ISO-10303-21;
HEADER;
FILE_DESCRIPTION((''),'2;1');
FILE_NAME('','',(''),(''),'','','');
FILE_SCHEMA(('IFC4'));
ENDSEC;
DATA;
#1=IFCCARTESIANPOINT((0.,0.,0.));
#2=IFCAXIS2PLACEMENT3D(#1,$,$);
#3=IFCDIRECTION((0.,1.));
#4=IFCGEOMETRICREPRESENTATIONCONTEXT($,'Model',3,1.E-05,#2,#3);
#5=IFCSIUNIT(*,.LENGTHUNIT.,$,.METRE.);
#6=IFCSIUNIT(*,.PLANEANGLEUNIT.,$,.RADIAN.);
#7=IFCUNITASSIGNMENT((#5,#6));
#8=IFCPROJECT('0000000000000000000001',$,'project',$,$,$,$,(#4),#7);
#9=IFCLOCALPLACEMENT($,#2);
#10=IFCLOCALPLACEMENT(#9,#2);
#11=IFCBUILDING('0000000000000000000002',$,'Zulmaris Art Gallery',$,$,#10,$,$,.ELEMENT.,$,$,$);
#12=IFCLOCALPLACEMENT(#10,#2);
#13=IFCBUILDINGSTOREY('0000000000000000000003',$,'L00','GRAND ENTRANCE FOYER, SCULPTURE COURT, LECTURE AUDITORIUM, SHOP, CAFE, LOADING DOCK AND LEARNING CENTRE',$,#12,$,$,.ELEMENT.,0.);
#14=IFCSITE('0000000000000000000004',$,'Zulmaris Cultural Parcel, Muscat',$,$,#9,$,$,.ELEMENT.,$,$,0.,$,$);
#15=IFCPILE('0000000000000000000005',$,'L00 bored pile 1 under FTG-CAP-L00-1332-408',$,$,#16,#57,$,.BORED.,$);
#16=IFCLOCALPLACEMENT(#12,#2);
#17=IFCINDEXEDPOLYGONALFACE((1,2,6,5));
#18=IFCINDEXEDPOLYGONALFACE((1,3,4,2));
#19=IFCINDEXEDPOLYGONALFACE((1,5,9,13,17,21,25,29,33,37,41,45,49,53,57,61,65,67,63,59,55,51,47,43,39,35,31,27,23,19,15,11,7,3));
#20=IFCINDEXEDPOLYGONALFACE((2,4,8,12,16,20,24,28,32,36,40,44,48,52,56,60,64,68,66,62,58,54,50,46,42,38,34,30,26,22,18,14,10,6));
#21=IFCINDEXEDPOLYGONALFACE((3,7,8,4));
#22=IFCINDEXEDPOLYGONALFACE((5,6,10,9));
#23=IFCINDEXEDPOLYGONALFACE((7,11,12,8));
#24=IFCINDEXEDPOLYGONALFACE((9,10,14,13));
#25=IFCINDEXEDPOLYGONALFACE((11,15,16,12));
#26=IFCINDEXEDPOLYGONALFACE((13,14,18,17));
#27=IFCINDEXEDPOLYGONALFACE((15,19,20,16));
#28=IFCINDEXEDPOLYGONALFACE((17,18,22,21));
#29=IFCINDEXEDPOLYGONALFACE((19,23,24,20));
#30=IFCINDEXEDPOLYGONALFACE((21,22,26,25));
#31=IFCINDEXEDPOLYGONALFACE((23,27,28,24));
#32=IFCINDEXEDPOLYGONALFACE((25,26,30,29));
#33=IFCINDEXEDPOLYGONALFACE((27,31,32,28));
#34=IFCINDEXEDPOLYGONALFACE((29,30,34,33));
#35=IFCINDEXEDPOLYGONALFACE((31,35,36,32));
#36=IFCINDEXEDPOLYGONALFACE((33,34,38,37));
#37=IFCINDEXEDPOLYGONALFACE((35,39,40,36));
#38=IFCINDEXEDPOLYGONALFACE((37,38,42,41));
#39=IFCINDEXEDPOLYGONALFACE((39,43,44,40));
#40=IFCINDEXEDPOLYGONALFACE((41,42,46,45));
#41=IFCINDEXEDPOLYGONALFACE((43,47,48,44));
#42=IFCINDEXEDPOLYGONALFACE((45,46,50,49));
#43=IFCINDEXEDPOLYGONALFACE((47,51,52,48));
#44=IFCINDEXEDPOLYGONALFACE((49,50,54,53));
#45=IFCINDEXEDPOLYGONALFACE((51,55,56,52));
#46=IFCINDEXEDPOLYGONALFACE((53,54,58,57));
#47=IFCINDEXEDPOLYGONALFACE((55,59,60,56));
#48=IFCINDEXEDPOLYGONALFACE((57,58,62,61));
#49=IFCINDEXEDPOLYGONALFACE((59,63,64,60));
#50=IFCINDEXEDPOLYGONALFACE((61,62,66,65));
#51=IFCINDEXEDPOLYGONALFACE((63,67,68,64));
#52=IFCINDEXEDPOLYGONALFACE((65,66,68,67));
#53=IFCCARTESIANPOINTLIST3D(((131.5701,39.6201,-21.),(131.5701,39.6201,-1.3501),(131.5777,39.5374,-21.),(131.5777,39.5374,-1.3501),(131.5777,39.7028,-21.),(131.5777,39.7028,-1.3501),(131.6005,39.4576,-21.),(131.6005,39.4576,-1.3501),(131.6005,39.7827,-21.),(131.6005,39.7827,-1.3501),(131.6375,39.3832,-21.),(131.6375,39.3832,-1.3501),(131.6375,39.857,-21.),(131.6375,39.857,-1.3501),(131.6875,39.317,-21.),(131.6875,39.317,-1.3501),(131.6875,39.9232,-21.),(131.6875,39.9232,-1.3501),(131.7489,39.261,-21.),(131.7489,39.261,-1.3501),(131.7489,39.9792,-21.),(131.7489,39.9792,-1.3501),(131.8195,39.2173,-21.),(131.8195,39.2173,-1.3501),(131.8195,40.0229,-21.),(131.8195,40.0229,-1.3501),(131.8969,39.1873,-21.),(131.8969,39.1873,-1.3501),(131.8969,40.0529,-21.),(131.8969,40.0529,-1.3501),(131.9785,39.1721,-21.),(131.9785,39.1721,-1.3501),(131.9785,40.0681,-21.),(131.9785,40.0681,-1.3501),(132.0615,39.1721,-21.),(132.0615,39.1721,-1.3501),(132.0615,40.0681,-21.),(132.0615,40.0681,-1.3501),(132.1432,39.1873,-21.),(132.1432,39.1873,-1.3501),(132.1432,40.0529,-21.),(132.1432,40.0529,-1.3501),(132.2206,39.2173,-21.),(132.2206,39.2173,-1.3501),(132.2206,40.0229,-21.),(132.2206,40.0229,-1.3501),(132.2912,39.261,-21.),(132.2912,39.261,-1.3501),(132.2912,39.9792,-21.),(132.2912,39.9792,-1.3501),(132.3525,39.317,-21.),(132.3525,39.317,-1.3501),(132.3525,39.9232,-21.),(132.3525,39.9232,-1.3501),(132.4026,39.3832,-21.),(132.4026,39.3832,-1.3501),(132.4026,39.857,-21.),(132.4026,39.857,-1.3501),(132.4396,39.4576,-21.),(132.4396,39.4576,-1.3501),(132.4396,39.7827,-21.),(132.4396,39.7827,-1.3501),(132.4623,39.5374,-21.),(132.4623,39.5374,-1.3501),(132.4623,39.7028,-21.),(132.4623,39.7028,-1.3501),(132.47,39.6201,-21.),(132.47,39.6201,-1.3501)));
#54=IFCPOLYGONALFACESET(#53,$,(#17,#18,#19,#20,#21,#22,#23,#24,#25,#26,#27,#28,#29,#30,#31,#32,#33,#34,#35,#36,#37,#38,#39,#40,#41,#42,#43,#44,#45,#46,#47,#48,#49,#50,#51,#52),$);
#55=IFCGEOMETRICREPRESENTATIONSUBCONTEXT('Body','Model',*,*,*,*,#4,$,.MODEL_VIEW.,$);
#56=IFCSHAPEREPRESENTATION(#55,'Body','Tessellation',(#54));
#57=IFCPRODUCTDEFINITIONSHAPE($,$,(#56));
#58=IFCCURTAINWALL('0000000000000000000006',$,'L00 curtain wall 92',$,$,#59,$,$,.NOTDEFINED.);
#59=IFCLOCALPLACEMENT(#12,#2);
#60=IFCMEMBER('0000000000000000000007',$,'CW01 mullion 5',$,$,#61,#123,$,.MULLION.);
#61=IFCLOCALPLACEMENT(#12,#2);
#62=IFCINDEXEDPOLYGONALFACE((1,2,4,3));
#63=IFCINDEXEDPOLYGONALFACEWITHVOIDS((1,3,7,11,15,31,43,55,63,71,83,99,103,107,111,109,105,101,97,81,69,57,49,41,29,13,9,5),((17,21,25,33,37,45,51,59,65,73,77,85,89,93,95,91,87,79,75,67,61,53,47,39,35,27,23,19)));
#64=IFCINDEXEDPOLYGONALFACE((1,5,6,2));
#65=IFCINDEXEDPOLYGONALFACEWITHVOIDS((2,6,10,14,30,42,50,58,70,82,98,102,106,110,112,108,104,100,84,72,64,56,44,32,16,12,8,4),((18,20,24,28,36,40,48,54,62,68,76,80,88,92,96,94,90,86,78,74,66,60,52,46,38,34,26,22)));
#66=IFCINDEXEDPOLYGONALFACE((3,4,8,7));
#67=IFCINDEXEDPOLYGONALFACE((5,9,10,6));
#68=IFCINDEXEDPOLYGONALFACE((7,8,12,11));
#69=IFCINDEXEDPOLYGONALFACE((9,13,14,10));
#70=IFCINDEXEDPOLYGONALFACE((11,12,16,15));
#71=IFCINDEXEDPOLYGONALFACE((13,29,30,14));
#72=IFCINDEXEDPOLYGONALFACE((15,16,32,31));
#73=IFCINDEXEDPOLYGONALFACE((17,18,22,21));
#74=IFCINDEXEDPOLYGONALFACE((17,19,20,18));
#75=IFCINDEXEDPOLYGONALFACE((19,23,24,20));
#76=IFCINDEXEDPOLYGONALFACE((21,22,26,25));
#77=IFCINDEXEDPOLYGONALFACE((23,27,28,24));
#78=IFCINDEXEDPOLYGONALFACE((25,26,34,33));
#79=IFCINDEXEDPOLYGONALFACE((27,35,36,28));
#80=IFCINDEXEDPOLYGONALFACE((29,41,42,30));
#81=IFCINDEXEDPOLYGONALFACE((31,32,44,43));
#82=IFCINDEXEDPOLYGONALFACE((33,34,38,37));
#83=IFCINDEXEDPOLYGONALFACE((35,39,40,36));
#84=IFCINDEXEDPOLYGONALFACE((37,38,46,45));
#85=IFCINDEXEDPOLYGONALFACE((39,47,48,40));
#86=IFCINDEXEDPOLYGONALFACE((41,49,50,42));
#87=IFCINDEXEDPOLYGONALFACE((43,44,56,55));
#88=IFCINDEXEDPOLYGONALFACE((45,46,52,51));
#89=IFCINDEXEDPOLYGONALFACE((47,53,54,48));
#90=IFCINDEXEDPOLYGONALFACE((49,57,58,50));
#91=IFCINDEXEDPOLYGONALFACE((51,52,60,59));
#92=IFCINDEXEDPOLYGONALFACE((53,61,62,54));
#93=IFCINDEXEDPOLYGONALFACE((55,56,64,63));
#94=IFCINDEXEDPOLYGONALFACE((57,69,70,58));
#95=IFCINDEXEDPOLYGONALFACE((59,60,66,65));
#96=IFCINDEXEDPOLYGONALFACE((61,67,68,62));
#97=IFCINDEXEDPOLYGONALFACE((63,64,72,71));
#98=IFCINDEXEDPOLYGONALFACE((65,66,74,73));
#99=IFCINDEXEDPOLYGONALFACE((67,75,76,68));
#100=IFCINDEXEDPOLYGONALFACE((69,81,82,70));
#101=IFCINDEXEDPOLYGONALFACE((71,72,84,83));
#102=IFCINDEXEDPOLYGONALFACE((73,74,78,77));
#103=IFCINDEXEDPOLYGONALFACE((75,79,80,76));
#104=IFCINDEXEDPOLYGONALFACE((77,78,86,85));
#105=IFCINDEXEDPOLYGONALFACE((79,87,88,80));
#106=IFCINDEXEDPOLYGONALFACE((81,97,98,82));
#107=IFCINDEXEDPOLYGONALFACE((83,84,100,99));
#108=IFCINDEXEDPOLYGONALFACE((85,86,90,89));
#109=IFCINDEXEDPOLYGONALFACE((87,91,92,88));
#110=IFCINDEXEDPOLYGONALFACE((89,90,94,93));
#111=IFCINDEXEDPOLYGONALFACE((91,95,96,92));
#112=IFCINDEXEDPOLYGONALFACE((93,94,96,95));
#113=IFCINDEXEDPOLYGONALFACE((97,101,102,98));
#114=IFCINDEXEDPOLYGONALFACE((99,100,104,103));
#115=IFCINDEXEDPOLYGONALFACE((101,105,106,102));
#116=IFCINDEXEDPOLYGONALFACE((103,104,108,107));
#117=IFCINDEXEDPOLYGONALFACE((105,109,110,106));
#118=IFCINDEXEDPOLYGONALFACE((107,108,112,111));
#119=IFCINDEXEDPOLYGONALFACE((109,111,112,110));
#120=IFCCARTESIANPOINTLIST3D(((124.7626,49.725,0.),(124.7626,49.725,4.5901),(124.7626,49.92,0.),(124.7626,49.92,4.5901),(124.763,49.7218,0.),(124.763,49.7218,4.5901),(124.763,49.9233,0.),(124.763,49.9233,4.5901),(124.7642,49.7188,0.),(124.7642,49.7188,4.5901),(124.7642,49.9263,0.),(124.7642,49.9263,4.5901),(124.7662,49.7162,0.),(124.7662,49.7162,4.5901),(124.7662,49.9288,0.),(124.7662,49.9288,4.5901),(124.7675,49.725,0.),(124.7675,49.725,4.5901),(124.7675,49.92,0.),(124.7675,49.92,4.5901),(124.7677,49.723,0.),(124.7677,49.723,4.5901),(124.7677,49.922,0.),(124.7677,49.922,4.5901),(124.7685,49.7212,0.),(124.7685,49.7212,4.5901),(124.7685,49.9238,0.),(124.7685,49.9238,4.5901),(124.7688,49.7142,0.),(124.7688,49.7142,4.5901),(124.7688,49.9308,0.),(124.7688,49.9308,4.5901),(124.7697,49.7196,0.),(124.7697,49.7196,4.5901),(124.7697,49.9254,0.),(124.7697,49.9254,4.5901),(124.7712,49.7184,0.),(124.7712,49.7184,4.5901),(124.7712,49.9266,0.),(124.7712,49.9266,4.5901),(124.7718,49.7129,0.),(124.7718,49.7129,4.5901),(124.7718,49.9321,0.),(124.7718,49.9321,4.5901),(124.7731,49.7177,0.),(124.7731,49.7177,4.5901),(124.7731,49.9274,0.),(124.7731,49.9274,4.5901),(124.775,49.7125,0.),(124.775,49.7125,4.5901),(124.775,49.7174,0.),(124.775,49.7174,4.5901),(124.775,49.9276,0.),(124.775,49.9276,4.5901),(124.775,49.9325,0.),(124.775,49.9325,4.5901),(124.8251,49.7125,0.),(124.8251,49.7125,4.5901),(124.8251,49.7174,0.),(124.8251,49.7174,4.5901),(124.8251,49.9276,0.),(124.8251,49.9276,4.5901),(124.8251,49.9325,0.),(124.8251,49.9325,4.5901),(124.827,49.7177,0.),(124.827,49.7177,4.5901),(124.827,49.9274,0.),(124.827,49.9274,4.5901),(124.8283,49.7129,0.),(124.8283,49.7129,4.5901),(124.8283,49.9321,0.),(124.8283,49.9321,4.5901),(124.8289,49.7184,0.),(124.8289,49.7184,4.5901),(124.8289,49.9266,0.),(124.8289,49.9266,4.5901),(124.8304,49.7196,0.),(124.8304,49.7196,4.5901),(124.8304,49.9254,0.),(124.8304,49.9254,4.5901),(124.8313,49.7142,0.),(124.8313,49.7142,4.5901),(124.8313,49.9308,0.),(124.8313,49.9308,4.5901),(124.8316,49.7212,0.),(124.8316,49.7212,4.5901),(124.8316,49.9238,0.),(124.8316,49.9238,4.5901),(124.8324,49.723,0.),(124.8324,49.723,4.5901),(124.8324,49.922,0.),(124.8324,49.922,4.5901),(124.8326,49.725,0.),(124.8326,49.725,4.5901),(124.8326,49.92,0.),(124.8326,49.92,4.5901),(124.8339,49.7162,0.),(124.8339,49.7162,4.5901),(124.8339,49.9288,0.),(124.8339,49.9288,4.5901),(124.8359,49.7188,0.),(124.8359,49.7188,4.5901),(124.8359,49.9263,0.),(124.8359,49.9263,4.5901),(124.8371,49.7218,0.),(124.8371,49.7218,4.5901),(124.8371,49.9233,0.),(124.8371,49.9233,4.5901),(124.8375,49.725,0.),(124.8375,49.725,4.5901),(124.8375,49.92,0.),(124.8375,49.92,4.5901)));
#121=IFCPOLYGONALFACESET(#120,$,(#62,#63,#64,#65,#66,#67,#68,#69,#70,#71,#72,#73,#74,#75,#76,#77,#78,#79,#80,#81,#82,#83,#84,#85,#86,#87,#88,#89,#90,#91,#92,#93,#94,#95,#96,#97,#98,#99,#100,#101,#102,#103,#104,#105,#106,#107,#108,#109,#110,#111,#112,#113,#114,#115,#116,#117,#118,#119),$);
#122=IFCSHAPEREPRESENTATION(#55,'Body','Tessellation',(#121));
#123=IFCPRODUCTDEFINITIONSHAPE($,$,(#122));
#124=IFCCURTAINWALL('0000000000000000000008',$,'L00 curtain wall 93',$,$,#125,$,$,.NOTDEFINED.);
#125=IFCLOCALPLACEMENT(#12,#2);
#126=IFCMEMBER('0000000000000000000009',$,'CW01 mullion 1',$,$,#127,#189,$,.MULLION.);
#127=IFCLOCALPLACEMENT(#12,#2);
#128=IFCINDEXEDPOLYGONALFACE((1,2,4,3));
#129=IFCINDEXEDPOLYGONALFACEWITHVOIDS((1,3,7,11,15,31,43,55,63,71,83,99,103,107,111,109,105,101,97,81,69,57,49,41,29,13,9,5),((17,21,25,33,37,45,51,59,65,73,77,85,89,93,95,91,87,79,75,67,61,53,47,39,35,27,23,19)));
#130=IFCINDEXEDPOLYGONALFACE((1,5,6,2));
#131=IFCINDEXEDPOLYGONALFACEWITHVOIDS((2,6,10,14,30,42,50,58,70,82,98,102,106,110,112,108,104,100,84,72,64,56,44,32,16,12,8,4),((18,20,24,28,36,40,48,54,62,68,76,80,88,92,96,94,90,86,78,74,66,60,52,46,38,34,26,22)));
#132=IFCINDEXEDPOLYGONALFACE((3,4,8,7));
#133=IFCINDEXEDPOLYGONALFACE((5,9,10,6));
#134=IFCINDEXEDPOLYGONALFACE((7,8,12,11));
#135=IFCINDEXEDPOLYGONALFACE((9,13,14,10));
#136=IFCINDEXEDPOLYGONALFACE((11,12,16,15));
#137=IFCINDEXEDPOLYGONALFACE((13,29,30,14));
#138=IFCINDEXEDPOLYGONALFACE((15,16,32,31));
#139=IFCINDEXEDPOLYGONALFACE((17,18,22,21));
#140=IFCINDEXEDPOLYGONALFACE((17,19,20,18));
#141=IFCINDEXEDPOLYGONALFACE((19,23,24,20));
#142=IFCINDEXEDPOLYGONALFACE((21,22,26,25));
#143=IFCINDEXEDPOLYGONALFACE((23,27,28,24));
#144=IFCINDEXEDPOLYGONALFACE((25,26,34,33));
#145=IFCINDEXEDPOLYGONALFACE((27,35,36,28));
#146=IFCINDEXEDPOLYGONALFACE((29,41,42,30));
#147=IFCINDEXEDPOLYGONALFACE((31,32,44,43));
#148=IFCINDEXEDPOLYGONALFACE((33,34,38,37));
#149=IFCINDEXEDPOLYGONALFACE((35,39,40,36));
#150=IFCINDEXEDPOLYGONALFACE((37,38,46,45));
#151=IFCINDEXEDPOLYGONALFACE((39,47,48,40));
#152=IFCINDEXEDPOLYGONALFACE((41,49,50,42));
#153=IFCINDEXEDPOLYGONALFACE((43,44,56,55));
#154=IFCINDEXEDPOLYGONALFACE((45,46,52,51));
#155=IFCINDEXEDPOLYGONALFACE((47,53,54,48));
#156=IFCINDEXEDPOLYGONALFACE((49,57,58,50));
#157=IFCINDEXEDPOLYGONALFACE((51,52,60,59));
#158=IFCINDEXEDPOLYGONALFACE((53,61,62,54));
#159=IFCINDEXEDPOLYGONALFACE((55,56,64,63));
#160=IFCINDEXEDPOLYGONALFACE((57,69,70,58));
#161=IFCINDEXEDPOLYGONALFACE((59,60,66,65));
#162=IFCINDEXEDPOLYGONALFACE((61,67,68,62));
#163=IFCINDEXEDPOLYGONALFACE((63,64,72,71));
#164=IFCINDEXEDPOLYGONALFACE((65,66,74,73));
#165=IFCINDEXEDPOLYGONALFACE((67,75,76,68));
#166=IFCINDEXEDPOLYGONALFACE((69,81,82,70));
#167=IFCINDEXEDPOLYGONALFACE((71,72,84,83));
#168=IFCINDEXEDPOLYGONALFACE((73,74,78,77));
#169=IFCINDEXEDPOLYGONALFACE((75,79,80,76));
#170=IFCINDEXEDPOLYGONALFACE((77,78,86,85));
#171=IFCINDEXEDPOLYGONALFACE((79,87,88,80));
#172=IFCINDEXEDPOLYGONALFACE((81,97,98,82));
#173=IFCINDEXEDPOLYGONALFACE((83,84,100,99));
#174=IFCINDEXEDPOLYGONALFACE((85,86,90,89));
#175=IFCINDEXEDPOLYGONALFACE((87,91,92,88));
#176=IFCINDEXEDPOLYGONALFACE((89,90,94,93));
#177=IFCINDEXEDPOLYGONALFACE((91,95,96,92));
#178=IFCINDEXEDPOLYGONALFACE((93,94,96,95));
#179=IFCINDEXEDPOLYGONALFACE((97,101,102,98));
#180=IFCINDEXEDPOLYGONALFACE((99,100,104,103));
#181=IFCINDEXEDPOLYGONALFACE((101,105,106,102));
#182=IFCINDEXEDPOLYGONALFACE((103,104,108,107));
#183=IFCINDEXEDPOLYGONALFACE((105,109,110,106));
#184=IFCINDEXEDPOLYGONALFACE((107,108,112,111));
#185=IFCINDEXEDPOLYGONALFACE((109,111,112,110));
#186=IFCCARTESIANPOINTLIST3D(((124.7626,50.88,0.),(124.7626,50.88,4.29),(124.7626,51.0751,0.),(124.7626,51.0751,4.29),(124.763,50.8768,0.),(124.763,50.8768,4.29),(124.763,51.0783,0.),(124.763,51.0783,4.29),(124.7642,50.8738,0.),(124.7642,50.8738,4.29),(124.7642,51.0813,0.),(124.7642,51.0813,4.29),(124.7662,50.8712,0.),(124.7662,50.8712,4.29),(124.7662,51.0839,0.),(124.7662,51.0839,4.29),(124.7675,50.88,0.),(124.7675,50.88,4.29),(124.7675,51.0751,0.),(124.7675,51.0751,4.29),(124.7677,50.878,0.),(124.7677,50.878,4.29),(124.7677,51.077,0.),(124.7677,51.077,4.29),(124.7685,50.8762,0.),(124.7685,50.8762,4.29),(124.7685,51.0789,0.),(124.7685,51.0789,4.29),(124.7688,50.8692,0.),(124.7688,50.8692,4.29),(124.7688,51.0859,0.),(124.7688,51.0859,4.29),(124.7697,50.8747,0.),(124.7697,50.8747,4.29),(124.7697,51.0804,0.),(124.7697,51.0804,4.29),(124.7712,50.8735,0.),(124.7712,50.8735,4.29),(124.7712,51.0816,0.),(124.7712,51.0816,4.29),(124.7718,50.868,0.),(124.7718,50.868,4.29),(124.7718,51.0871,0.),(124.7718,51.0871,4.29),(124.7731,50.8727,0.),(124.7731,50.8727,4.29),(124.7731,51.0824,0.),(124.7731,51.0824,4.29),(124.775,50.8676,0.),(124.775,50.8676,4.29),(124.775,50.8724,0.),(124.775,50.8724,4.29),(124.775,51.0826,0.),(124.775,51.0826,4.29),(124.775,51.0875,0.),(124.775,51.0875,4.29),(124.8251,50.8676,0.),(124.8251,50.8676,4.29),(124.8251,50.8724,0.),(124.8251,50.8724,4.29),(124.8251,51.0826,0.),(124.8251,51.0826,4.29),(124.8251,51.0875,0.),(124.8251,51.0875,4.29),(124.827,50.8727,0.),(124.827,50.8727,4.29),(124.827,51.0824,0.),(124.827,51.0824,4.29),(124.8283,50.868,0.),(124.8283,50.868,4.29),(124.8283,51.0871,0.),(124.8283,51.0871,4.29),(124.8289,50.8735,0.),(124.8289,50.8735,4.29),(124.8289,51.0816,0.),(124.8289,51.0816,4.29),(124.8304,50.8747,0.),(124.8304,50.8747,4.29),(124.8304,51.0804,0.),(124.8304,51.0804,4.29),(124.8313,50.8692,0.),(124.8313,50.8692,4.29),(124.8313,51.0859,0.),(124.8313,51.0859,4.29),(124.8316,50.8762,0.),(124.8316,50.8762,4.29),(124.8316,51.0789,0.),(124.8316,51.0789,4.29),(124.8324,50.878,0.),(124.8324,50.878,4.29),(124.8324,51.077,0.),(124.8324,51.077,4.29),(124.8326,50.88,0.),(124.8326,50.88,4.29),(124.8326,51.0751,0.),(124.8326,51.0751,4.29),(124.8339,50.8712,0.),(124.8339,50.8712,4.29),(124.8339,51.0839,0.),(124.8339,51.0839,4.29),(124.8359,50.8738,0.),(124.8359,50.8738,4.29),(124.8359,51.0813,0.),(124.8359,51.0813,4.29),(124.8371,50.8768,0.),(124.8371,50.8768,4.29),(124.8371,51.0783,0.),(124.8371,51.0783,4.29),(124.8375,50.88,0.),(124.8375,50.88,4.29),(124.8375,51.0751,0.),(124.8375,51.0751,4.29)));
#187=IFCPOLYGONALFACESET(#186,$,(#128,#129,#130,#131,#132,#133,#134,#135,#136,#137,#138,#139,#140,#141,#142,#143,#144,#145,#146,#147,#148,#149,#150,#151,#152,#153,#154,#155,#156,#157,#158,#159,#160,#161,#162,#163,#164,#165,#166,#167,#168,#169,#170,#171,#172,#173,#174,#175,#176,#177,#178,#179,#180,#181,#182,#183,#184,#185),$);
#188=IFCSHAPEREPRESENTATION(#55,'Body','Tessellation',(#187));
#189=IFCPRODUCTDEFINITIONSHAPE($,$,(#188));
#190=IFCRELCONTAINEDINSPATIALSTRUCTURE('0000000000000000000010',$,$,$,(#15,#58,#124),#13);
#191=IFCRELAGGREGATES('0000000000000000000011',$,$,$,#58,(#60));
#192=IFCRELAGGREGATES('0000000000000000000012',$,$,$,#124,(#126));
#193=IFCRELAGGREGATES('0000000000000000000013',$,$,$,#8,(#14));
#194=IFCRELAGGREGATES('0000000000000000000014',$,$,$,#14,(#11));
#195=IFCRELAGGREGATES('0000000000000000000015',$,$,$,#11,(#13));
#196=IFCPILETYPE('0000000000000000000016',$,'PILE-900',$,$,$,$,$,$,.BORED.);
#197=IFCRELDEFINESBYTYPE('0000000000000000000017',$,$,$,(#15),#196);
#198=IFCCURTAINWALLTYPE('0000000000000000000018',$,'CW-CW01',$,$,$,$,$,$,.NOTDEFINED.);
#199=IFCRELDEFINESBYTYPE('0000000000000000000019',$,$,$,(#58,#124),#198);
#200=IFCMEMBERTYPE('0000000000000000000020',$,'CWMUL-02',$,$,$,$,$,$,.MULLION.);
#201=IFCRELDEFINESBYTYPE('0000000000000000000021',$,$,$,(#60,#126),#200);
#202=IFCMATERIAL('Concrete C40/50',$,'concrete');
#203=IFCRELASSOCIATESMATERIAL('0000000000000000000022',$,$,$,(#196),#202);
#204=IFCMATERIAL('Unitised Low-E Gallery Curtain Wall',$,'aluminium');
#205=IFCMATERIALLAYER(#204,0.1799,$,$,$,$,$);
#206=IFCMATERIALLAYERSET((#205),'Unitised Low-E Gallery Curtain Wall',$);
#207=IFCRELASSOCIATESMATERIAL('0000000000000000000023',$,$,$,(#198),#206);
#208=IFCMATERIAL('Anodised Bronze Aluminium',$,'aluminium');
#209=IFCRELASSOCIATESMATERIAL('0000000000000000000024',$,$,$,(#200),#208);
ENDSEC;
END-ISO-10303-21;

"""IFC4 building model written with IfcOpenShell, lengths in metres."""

from ifc_helpers import new_model, si_unit, direction, frame, origin, origin_2d, place, context, subcontext, project, spatial, hollow_rectangle, circle, extrude, material, layer, layer_set, material_profile, profile_set, type_object, element, aggregate, save


model = new_model("IFC4")

# Units and contexts
model_context = context("Model", 3, precision=1e-05, world=origin(), true_north=direction((0.0, 1.0)))
body_context = subcontext(model_context, "Body", "Model", "MODEL_VIEW")
ifc_project = project(units=[si_unit("LENGTHUNIT", "METRE"), si_unit("PLANEANGLEUNIT", "RADIAN")], contexts=[model_context])

# Site, building, storey
site_placement = place(None, origin())
site = spatial("IfcSite", under=ifc_project, at=site_placement, Name="Zulmaris Cultural Parcel, Muscat", CompositionType="ELEMENT", RefElevation=0.0)
building_placement = place(site_placement, origin())
building = spatial("IfcBuilding", under=site, at=building_placement, Name="Zulmaris Art Gallery", CompositionType="ELEMENT")
storey_placement = place(building_placement, origin())
storey = spatial("IfcBuildingStorey", under=building, at=storey_placement, Name="L00", Description="GRAND ENTRANCE FOYER, SCULPTURE COURT, LECTURE AUDITORIUM, SHOP, CAFE, LOADING DOCK AND LEARNING CENTRE", CompositionType="ELEMENT", Elevation=0.0)

# Pile
ifc_material_1 = material(Name="Concrete C40/50", Category="concrete")
ifc_material_profile_1 = material_profile(ifc_material_1, circle(Radius=0.45, at=origin_2d()), Name="PILE DIA 900")
ifc_profile_set_1 = profile_set([ifc_material_profile_1], Name="Concrete C40/50")
pile_type_1 = type_object("IfcPileType", Name="PILE-900", PredefinedType="BORED", material=ifc_profile_set_1)
pile_placement = place(storey_placement, frame((132.02, 39.6201, -1.3501), z_axis=(0.0, 0.0, -1.0), x_axis=(1.0, 0.0, 0.0)))
element("IfcPile", 1, at=pile_placement, inside=storey, type_object=pile_type_1, Name="L00 bored pile 1 under FTG-CAP-L00-1332-408", PredefinedType="BORED", context=body_context, shape_type="SweptSolid", body=[
    extrude(circle(Radius=0.45, at=origin_2d()), origin(), (0.0, 0.0, 1.0), 19.6499),
])

# Curtain wall, member
ifc_material_2 = material(Name="Unitised Low-E Gallery Curtain Wall", Category="aluminium")
ifc_layer_1 = layer(ifc_material_2, 0.1799)
ifc_layer_set_1 = layer_set([ifc_layer_1], Name="Unitised Low-E Gallery Curtain Wall")
curtain_wall_type = type_object("IfcCurtainWallType", Name="CW-CW01", PredefinedType="NOTDEFINED", material=ifc_layer_set_1)
curtain_wall_1_placement = place(storey_placement, origin())
curtain_wall_1 = element("IfcCurtainWall", 2, at=curtain_wall_1_placement, inside=storey, type_object=curtain_wall_type, Name="L00 curtain wall 92", PredefinedType="NOTDEFINED")
ifc_material_3 = material(Name="Anodised Bronze Aluminium", Category="aluminium")
ifc_material_profile_2 = material_profile(ifc_material_3, hollow_rectangle(XDim=0.075, YDim=0.22, WallThickness=0.0049, InnerFilletRadius=0.0076, OuterFilletRadius=0.0125, at=origin_2d()), Name="ALU 75x220x5")
ifc_profile_set_2 = profile_set([ifc_material_profile_2], Name="Anodised Bronze Aluminium")
member_type_1 = type_object("IfcMemberType", Name="CWMUL-02", PredefinedType="MULLION", material=ifc_profile_set_2)
member_1_placement = place(storey_placement, frame((124.8, 49.8225, 0.0), z_axis=(0.0, 0.0, 1.0), x_axis=(-1.0, 0.0, 0.0)))
member_1 = element("IfcMember", 3, at=member_1_placement, type_object=member_type_1, Name="CW01 mullion 5", PredefinedType="MULLION", context=body_context, shape_type="SweptSolid", body=[
    extrude(hollow_rectangle(XDim=0.075, YDim=0.22, WallThickness=0.0049, InnerFilletRadius=0.0076, OuterFilletRadius=0.0125, at=origin_2d()), origin(), (0.0, 0.0, 1.0), 4.5901),
])

# Curtain wall, member
curtain_wall_2_placement = place(storey_placement, origin())
curtain_wall_2 = element("IfcCurtainWall", 4, at=curtain_wall_2_placement, inside=storey, type_object=curtain_wall_type, Name="L00 curtain wall 93", PredefinedType="NOTDEFINED")
member_2_placement = place(storey_placement, frame((124.8, 50.9775, 0.0), z_axis=(0.0, 0.0, 1.0), x_axis=(-1.0, 0.0, 0.0)))
member_2 = element("IfcMember", 5, at=member_2_placement, type_object=member_type_1, Name="CW01 mullion 1", PredefinedType="MULLION", context=body_context, shape_type="SweptSolid", body=[
    extrude(hollow_rectangle(XDim=0.075, YDim=0.22, WallThickness=0.0049, InnerFilletRadius=0.0076, OuterFilletRadius=0.0125, at=origin_2d()), origin(), (0.0, 0.0, 1.0), 4.29),
])

aggregate(curtain_wall_1, [member_1])
aggregate(curtain_wall_2, [member_2])

save(model, "model.ifc")
